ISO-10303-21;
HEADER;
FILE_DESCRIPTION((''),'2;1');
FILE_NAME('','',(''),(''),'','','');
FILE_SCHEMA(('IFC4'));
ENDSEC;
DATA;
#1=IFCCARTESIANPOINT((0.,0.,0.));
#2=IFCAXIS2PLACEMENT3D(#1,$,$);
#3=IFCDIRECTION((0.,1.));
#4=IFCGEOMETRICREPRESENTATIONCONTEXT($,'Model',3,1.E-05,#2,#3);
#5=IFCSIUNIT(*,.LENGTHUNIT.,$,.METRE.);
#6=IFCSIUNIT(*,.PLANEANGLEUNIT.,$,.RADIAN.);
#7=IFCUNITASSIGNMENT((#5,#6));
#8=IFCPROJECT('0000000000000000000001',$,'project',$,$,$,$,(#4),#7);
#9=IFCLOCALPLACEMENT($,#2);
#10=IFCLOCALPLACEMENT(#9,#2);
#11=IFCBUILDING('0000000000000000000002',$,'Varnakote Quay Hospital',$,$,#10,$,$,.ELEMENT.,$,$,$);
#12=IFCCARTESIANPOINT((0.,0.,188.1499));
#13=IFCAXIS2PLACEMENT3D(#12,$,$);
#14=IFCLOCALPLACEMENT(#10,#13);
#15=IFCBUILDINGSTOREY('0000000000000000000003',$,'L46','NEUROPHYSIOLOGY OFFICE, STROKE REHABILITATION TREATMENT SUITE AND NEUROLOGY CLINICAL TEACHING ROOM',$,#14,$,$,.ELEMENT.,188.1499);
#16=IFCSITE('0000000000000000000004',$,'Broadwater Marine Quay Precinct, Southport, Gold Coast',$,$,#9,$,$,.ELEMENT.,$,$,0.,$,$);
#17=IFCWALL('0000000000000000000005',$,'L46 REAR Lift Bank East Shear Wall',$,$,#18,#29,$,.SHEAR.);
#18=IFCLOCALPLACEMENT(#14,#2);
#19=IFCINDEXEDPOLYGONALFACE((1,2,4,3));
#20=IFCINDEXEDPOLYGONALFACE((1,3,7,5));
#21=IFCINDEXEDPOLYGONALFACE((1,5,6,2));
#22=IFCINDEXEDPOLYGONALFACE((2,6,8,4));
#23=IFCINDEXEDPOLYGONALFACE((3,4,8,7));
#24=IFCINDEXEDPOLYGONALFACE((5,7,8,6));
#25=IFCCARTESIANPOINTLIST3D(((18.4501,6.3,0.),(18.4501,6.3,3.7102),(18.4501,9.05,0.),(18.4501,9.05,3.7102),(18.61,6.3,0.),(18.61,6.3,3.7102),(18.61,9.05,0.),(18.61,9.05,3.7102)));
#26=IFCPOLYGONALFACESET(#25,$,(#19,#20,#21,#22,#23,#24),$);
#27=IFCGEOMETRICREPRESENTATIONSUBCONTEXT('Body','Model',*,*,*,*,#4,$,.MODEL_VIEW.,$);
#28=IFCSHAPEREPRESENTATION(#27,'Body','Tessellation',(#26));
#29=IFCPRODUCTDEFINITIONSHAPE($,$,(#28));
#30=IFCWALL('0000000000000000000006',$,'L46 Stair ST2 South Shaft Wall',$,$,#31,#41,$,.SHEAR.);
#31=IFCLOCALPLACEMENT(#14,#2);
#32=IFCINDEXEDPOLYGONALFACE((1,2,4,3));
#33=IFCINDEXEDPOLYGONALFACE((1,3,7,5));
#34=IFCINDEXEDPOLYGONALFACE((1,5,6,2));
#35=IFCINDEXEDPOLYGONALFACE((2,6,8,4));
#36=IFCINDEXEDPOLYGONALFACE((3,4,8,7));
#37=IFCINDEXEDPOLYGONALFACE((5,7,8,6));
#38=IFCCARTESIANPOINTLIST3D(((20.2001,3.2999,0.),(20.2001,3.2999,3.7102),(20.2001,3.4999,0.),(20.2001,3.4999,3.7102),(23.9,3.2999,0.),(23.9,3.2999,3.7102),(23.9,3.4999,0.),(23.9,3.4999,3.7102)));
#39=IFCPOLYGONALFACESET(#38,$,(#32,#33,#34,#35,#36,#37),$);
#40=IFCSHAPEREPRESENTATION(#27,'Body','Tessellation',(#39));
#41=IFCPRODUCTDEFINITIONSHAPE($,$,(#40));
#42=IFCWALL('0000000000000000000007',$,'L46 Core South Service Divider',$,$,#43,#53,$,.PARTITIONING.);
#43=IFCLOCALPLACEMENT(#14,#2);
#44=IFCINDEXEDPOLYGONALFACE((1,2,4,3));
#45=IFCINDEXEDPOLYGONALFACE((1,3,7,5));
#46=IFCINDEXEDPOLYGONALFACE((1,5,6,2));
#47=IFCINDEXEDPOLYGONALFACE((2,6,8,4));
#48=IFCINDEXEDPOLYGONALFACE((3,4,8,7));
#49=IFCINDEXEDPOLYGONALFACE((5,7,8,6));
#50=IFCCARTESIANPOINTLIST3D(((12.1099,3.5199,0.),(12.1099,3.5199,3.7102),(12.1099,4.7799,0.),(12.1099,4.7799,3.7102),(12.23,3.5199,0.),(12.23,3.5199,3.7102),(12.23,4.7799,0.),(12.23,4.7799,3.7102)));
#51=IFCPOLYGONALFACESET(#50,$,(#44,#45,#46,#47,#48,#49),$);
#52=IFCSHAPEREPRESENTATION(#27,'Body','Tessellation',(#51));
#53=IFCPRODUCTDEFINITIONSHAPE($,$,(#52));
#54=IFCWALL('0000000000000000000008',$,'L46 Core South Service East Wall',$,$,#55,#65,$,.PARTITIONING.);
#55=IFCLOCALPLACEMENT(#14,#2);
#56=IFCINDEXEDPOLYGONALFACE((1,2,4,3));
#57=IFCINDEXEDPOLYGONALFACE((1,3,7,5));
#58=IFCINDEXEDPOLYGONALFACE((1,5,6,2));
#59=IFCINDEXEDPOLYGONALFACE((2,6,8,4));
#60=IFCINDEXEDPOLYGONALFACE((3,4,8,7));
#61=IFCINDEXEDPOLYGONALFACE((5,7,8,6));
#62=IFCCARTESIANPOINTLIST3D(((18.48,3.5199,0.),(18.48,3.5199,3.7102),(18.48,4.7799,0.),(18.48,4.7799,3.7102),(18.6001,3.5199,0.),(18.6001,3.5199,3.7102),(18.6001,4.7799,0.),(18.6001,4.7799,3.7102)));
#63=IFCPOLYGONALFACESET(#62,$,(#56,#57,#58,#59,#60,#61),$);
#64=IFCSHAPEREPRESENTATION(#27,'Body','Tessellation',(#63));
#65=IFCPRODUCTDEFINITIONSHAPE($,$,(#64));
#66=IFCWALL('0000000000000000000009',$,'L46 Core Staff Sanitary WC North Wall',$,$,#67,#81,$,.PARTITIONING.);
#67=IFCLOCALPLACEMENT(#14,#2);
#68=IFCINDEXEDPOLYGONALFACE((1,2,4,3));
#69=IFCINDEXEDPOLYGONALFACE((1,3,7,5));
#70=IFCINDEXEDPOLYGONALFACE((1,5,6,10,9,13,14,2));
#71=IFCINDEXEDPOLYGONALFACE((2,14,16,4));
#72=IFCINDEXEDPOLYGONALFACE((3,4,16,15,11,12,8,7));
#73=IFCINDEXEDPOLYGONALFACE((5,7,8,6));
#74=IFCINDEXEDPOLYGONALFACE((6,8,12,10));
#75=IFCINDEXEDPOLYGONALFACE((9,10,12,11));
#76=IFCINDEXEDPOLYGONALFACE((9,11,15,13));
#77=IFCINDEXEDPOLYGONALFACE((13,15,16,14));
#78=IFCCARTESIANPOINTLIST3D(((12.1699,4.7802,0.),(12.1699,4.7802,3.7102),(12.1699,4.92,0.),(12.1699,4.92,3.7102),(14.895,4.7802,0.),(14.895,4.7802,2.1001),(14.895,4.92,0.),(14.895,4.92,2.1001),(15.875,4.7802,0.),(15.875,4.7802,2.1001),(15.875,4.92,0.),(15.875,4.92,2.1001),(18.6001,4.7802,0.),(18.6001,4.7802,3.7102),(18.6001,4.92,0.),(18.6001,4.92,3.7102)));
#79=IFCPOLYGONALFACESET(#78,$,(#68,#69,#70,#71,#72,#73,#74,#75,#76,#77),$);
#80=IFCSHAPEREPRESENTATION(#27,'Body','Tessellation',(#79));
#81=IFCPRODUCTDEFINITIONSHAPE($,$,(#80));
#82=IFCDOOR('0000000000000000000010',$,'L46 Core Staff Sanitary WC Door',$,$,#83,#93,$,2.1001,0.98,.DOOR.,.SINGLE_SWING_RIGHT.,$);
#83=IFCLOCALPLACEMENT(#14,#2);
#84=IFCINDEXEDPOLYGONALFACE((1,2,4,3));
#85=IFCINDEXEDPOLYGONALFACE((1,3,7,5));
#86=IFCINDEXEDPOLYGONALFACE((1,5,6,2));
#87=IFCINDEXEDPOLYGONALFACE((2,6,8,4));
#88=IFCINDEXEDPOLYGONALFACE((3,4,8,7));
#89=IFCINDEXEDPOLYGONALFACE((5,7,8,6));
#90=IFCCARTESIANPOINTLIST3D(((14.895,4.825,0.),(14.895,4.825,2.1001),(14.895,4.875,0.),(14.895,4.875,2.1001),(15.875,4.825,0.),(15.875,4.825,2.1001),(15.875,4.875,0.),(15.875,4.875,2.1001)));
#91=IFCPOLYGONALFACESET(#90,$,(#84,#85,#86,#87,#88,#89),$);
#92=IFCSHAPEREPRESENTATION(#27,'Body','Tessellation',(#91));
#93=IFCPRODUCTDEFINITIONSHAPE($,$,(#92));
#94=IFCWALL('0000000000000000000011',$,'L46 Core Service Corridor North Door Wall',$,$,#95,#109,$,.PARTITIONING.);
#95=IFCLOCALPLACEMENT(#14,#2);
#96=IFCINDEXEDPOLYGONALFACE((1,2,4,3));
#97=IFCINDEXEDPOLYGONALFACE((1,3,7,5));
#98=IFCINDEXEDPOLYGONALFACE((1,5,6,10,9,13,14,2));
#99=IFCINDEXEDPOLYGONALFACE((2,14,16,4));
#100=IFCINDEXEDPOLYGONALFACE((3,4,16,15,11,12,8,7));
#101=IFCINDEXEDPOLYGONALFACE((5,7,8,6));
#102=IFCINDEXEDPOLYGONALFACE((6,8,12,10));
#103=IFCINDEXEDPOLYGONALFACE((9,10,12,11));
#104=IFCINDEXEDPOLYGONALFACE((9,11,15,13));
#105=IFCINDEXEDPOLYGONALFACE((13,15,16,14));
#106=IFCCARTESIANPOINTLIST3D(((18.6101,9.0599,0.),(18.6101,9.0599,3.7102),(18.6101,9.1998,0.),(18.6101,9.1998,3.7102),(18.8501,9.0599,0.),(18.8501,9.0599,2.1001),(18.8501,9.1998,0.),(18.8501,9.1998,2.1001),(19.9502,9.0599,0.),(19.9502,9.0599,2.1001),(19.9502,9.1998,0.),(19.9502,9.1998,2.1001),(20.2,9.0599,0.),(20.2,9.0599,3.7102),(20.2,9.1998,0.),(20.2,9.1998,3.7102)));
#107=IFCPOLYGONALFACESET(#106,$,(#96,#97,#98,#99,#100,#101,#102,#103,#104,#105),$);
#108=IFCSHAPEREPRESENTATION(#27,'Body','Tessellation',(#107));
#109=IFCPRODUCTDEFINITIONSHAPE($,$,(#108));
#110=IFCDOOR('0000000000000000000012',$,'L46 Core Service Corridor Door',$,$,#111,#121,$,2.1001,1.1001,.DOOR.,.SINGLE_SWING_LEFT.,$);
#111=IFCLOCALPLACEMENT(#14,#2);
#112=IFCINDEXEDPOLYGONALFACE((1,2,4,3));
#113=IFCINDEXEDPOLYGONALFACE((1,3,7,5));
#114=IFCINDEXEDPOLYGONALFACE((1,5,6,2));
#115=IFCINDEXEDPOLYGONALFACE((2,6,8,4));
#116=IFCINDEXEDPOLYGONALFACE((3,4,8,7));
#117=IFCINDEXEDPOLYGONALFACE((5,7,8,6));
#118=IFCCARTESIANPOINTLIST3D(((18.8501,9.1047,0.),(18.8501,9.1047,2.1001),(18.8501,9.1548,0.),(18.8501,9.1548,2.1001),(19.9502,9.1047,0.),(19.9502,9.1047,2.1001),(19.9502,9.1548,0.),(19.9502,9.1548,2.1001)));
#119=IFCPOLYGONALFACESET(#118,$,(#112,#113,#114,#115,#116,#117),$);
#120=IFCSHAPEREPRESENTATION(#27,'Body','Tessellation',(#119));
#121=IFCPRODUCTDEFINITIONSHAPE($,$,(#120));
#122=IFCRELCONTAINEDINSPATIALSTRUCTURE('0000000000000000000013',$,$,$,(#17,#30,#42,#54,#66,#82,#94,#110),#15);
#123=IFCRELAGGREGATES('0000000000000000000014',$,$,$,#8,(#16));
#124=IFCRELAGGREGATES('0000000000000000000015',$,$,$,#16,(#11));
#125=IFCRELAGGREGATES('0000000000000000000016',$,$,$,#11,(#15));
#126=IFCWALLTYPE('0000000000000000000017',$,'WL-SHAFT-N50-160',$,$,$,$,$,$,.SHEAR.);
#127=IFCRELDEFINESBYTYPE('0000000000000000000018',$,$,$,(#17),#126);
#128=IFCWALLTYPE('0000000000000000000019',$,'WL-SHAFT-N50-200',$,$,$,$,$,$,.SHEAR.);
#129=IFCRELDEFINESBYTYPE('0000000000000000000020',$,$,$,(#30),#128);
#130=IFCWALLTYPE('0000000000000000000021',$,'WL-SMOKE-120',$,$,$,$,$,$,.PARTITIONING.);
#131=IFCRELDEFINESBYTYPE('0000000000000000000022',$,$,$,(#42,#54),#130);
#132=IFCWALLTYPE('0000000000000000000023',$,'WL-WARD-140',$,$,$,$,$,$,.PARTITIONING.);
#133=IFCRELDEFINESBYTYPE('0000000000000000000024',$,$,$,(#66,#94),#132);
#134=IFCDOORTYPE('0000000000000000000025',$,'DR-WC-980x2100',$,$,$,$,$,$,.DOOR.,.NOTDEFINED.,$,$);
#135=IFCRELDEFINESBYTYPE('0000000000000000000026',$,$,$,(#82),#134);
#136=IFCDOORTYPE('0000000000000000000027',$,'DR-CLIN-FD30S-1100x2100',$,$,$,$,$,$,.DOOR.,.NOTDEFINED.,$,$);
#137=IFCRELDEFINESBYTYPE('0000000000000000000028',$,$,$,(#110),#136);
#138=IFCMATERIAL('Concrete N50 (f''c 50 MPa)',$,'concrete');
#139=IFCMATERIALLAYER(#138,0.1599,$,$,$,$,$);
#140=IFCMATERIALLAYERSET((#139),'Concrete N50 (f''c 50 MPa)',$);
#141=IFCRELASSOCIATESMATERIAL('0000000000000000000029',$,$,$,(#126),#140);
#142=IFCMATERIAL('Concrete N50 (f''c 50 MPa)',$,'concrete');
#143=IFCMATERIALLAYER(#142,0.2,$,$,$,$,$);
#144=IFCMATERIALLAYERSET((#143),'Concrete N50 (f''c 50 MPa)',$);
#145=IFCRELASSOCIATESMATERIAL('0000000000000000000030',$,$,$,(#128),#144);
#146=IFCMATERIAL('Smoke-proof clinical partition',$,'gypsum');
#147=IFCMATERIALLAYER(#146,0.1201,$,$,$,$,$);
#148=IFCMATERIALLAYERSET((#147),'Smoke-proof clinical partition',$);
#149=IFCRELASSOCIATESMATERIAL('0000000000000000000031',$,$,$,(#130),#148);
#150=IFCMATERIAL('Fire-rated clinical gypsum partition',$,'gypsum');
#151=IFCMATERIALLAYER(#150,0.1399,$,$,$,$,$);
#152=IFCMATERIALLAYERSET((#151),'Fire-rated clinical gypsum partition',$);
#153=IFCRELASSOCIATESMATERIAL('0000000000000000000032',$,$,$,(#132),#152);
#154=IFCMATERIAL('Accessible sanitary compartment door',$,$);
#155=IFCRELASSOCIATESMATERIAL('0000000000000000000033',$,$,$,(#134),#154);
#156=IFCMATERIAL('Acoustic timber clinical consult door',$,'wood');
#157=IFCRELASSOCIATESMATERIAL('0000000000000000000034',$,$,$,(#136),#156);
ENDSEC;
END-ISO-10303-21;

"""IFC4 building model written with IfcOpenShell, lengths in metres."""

from ifc_helpers import new_model, si_unit, direction, frame, frame_2d, origin, place, context, subcontext, project, spatial, rectangle, extrude, material, layer, layer_set, type_object, element, fill, save


model = new_model("IFC4")

# Units and contexts
model_context = context("Model", 3, precision=1e-05, world=origin(), true_north=direction((0.0, 1.0)))
body_context = subcontext(model_context, "Body", "Model", "MODEL_VIEW")
ifc_project = project(units=[si_unit("LENGTHUNIT", "METRE"), si_unit("PLANEANGLEUNIT", "RADIAN")], contexts=[model_context])

# Site, building, storey
site_placement = place(None, origin())
site = spatial("IfcSite", under=ifc_project, at=site_placement, Name="Broadwater Marine Quay Precinct, Southport, Gold Coast", CompositionType="ELEMENT", RefElevation=0.0)
building_placement = place(site_placement, origin())
building = spatial("IfcBuilding", under=site, at=building_placement, Name="Varnakote Quay Hospital", CompositionType="ELEMENT")
storey_placement = place(building_placement, frame((0.0, 0.0, 188.1499)))
storey = spatial("IfcBuildingStorey", under=building, at=storey_placement, Name="L46", Description="NEUROPHYSIOLOGY OFFICE, STROKE REHABILITATION TREATMENT SUITE AND NEUROLOGY CLINICAL TEACHING ROOM", CompositionType="ELEMENT", Elevation=188.1499)

# Wall
ifc_material_1 = material(Name="Concrete N50 (f'c 50 MPa)", Category="concrete")
ifc_layer_1 = layer(ifc_material_1, 0.1599)
ifc_layer_set_1 = layer_set([ifc_layer_1], Name="Concrete N50 (f'c 50 MPa)")
wall_type_1 = type_object("IfcWallType", Name="WL-SHAFT-N50-160", PredefinedType="SHEAR", material=ifc_layer_set_1)
wall_1_placement = place(storey_placement, frame((18.53, 6.3, 0.0), z_axis=(0.0, 0.0, 1.0), x_axis=(0.0, 1.0, 0.0)))
element("IfcWall", 1, at=wall_1_placement, inside=storey, type_object=wall_type_1, Name="L46 REAR Lift Bank East Shear Wall", PredefinedType="SHEAR", context=body_context, shape_type="SweptSolid", body=[
    extrude(rectangle(XDim=2.75, YDim=0.1599, at=frame_2d((1.375, 0.0))), origin(), (0.0, 0.0, 1.0), 3.7102),
])

# Wall
ifc_material_2 = material(Name="Concrete N50 (f'c 50 MPa)", Category="concrete")
ifc_layer_2 = layer(ifc_material_2, 0.2)
ifc_layer_set_2 = layer_set([ifc_layer_2], Name="Concrete N50 (f'c 50 MPa)")
wall_type_2 = type_object("IfcWallType", Name="WL-SHAFT-N50-200", PredefinedType="SHEAR", material=ifc_layer_set_2)
wall_2_placement = place(storey_placement, frame((20.2, 3.3999, 0.0), z_axis=(0.0, 0.0, 1.0), x_axis=(1.0, 0.0, 0.0)))
element("IfcWall", 2, at=wall_2_placement, inside=storey, type_object=wall_type_2, Name="L46 Stair ST2 South Shaft Wall", PredefinedType="SHEAR", context=body_context, shape_type="SweptSolid", body=[
    extrude(rectangle(XDim=3.7, YDim=0.2, at=frame_2d((1.8501, 0.0))), origin(), (0.0, 0.0, 1.0), 3.7102),
])

# Walls
ifc_material_3 = material(Name="Smoke-proof clinical partition", Category="gypsum")
ifc_layer_3 = layer(ifc_material_3, 0.1201)
ifc_layer_set_3 = layer_set([ifc_layer_3], Name="Smoke-proof clinical partition")
wall_type_3 = type_object("IfcWallType", Name="WL-SMOKE-120", PredefinedType="PARTITIONING", material=ifc_layer_set_3)
for number, where, z_axis, x_axis, name in (
    (3, (12.1699, 3.52, 0.0), (0.0, 0.0, 1.0), (0.0, 1.0, 0.0), "L46 Core South Service Divider"),
    (4, (18.54, 3.52, 0.0), (0.0, 0.0, 1.0), (0.0, 1.0, 0.0), "L46 Core South Service East Wall"),
):
    element("IfcWall", number, at=place(storey_placement, frame(where, z_axis=z_axis, x_axis=x_axis)), inside=storey, type_object=wall_type_3, Name=name, PredefinedType="PARTITIONING", context=body_context, shape_type="SweptSolid", body=[
        extrude(rectangle(XDim=1.26, YDim=0.1201, at=frame_2d((0.6299, 0.0))), origin(), (0.0, 0.0, 1.0), 3.7102),
    ])

# Walls, openings, doors
ifc_material_4 = material(Name="Fire-rated clinical gypsum partition", Category="gypsum")
ifc_layer_4 = layer(ifc_material_4, 0.1399)
ifc_layer_set_4 = layer_set([ifc_layer_4], Name="Fire-rated clinical gypsum partition")
wall_type_4 = type_object("IfcWallType", Name="WL-WARD-140", PredefinedType="PARTITIONING", material=ifc_layer_set_4)
wall_3_placement = place(storey_placement, frame((12.1699, 4.8501, 0.0), z_axis=(0.0, 0.0, 1.0), x_axis=(1.0, 0.0, 0.0)))
wall_3 = element("IfcWall", 5, at=wall_3_placement, inside=storey, type_object=wall_type_4, Name="L46 Core Staff Sanitary WC North Wall", PredefinedType="PARTITIONING", context=body_context, shape_type="SweptSolid", body=[
    extrude(rectangle(XDim=6.4302, YDim=0.1399, at=frame_2d((3.2151, 0.0))), origin(), (0.0, 0.0, 1.0), 3.7102),
])
opening_1_placement = place(wall_3_placement, frame((2.7251, 0.0, 0.0)))
opening_1 = element("IfcOpeningElement", 6, at=opening_1_placement, cuts=wall_3, PredefinedType="OPENING", context=body_context, shape_type="SweptSolid", body=[
    extrude(rectangle(XDim=0.98, YDim=2.1001, at=frame_2d((0.49, 1.05))), frame((0.0, 0.0798, 0.0), z_axis=(0.0, -1.0, 0.0), x_axis=(1.0, 0.0, 0.0)), (0.0, 0.0, 1.0), 0.1599),
])
ifc_material_5 = material(Name="Accessible sanitary compartment door")
door_type_1 = type_object("IfcDoorType", Name="DR-WC-980x2100", OperationType="NOTDEFINED", PredefinedType="DOOR", material=ifc_material_5)
door_1_placement = place(opening_1_placement, origin())
door_1 = element("IfcDoor", 7, at=door_1_placement, inside=storey, type_object=door_type_1, Name="L46 Core Staff Sanitary WC Door", OperationType="SINGLE_SWING_RIGHT", OverallHeight=2.1001, OverallWidth=0.98, PredefinedType="DOOR", context=body_context, shape_type="SweptSolid", body=[
    extrude(rectangle(XDim=0.98, YDim=2.1001, at=frame_2d((0.49, 1.05))), frame((0.0, 0.0249, 0.0), z_axis=(0.0, -1.0, 0.0), x_axis=(1.0, 0.0, 0.0)), (0.0, 0.0, 1.0), 0.05),
])
fill(opening_1, door_1)
wall_4_placement = place(storey_placement, frame((18.6101, 9.1299, 0.0), z_axis=(0.0, 0.0, 1.0), x_axis=(1.0, 0.0, 0.0)))
wall_4 = element("IfcWall", 8, at=wall_4_placement, inside=storey, type_object=wall_type_4, Name="L46 Core Service Corridor North Door Wall", PredefinedType="PARTITIONING", context=body_context, shape_type="SweptSolid", body=[
    extrude(rectangle(XDim=1.5898, YDim=0.1399, at=frame_2d((0.7949, 0.0))), origin(), (0.0, 0.0, 1.0), 3.7102),
])
opening_2_placement = place(wall_4_placement, frame((0.24, 0.0, 0.0)))
opening_2 = element("IfcOpeningElement", 9, at=opening_2_placement, cuts=wall_4, PredefinedType="OPENING", context=body_context, shape_type="SweptSolid", body=[
    extrude(rectangle(XDim=1.1001, YDim=2.1001, at=frame_2d((0.55, 1.05))), frame((0.0, 0.0798, 0.0), z_axis=(0.0, -1.0, 0.0), x_axis=(1.0, 0.0, 0.0)), (0.0, 0.0, 1.0), 0.1599),
])
ifc_material_6 = material(Name="Acoustic timber clinical consult door", Category="wood")
door_type_2 = type_object("IfcDoorType", Name="DR-CLIN-FD30S-1100x2100", OperationType="NOTDEFINED", PredefinedType="DOOR", material=ifc_material_6)
door_2_placement = place(opening_2_placement, origin())
door_2 = element("IfcDoor", 10, at=door_2_placement, inside=storey, type_object=door_type_2, Name="L46 Core Service Corridor Door", OperationType="SINGLE_SWING_LEFT", OverallHeight=2.1001, OverallWidth=1.1001, PredefinedType="DOOR", context=body_context, shape_type="SweptSolid", body=[
    extrude(rectangle(XDim=1.1001, YDim=2.1001, at=frame_2d((0.55, 1.05))), frame((0.0, 0.0249, 0.0), z_axis=(0.0, -1.0, 0.0), x_axis=(1.0, 0.0, 0.0)), (0.0, 0.0, 1.0), 0.05),
])
fill(opening_2, door_2)

save(model, "model.ifc")
